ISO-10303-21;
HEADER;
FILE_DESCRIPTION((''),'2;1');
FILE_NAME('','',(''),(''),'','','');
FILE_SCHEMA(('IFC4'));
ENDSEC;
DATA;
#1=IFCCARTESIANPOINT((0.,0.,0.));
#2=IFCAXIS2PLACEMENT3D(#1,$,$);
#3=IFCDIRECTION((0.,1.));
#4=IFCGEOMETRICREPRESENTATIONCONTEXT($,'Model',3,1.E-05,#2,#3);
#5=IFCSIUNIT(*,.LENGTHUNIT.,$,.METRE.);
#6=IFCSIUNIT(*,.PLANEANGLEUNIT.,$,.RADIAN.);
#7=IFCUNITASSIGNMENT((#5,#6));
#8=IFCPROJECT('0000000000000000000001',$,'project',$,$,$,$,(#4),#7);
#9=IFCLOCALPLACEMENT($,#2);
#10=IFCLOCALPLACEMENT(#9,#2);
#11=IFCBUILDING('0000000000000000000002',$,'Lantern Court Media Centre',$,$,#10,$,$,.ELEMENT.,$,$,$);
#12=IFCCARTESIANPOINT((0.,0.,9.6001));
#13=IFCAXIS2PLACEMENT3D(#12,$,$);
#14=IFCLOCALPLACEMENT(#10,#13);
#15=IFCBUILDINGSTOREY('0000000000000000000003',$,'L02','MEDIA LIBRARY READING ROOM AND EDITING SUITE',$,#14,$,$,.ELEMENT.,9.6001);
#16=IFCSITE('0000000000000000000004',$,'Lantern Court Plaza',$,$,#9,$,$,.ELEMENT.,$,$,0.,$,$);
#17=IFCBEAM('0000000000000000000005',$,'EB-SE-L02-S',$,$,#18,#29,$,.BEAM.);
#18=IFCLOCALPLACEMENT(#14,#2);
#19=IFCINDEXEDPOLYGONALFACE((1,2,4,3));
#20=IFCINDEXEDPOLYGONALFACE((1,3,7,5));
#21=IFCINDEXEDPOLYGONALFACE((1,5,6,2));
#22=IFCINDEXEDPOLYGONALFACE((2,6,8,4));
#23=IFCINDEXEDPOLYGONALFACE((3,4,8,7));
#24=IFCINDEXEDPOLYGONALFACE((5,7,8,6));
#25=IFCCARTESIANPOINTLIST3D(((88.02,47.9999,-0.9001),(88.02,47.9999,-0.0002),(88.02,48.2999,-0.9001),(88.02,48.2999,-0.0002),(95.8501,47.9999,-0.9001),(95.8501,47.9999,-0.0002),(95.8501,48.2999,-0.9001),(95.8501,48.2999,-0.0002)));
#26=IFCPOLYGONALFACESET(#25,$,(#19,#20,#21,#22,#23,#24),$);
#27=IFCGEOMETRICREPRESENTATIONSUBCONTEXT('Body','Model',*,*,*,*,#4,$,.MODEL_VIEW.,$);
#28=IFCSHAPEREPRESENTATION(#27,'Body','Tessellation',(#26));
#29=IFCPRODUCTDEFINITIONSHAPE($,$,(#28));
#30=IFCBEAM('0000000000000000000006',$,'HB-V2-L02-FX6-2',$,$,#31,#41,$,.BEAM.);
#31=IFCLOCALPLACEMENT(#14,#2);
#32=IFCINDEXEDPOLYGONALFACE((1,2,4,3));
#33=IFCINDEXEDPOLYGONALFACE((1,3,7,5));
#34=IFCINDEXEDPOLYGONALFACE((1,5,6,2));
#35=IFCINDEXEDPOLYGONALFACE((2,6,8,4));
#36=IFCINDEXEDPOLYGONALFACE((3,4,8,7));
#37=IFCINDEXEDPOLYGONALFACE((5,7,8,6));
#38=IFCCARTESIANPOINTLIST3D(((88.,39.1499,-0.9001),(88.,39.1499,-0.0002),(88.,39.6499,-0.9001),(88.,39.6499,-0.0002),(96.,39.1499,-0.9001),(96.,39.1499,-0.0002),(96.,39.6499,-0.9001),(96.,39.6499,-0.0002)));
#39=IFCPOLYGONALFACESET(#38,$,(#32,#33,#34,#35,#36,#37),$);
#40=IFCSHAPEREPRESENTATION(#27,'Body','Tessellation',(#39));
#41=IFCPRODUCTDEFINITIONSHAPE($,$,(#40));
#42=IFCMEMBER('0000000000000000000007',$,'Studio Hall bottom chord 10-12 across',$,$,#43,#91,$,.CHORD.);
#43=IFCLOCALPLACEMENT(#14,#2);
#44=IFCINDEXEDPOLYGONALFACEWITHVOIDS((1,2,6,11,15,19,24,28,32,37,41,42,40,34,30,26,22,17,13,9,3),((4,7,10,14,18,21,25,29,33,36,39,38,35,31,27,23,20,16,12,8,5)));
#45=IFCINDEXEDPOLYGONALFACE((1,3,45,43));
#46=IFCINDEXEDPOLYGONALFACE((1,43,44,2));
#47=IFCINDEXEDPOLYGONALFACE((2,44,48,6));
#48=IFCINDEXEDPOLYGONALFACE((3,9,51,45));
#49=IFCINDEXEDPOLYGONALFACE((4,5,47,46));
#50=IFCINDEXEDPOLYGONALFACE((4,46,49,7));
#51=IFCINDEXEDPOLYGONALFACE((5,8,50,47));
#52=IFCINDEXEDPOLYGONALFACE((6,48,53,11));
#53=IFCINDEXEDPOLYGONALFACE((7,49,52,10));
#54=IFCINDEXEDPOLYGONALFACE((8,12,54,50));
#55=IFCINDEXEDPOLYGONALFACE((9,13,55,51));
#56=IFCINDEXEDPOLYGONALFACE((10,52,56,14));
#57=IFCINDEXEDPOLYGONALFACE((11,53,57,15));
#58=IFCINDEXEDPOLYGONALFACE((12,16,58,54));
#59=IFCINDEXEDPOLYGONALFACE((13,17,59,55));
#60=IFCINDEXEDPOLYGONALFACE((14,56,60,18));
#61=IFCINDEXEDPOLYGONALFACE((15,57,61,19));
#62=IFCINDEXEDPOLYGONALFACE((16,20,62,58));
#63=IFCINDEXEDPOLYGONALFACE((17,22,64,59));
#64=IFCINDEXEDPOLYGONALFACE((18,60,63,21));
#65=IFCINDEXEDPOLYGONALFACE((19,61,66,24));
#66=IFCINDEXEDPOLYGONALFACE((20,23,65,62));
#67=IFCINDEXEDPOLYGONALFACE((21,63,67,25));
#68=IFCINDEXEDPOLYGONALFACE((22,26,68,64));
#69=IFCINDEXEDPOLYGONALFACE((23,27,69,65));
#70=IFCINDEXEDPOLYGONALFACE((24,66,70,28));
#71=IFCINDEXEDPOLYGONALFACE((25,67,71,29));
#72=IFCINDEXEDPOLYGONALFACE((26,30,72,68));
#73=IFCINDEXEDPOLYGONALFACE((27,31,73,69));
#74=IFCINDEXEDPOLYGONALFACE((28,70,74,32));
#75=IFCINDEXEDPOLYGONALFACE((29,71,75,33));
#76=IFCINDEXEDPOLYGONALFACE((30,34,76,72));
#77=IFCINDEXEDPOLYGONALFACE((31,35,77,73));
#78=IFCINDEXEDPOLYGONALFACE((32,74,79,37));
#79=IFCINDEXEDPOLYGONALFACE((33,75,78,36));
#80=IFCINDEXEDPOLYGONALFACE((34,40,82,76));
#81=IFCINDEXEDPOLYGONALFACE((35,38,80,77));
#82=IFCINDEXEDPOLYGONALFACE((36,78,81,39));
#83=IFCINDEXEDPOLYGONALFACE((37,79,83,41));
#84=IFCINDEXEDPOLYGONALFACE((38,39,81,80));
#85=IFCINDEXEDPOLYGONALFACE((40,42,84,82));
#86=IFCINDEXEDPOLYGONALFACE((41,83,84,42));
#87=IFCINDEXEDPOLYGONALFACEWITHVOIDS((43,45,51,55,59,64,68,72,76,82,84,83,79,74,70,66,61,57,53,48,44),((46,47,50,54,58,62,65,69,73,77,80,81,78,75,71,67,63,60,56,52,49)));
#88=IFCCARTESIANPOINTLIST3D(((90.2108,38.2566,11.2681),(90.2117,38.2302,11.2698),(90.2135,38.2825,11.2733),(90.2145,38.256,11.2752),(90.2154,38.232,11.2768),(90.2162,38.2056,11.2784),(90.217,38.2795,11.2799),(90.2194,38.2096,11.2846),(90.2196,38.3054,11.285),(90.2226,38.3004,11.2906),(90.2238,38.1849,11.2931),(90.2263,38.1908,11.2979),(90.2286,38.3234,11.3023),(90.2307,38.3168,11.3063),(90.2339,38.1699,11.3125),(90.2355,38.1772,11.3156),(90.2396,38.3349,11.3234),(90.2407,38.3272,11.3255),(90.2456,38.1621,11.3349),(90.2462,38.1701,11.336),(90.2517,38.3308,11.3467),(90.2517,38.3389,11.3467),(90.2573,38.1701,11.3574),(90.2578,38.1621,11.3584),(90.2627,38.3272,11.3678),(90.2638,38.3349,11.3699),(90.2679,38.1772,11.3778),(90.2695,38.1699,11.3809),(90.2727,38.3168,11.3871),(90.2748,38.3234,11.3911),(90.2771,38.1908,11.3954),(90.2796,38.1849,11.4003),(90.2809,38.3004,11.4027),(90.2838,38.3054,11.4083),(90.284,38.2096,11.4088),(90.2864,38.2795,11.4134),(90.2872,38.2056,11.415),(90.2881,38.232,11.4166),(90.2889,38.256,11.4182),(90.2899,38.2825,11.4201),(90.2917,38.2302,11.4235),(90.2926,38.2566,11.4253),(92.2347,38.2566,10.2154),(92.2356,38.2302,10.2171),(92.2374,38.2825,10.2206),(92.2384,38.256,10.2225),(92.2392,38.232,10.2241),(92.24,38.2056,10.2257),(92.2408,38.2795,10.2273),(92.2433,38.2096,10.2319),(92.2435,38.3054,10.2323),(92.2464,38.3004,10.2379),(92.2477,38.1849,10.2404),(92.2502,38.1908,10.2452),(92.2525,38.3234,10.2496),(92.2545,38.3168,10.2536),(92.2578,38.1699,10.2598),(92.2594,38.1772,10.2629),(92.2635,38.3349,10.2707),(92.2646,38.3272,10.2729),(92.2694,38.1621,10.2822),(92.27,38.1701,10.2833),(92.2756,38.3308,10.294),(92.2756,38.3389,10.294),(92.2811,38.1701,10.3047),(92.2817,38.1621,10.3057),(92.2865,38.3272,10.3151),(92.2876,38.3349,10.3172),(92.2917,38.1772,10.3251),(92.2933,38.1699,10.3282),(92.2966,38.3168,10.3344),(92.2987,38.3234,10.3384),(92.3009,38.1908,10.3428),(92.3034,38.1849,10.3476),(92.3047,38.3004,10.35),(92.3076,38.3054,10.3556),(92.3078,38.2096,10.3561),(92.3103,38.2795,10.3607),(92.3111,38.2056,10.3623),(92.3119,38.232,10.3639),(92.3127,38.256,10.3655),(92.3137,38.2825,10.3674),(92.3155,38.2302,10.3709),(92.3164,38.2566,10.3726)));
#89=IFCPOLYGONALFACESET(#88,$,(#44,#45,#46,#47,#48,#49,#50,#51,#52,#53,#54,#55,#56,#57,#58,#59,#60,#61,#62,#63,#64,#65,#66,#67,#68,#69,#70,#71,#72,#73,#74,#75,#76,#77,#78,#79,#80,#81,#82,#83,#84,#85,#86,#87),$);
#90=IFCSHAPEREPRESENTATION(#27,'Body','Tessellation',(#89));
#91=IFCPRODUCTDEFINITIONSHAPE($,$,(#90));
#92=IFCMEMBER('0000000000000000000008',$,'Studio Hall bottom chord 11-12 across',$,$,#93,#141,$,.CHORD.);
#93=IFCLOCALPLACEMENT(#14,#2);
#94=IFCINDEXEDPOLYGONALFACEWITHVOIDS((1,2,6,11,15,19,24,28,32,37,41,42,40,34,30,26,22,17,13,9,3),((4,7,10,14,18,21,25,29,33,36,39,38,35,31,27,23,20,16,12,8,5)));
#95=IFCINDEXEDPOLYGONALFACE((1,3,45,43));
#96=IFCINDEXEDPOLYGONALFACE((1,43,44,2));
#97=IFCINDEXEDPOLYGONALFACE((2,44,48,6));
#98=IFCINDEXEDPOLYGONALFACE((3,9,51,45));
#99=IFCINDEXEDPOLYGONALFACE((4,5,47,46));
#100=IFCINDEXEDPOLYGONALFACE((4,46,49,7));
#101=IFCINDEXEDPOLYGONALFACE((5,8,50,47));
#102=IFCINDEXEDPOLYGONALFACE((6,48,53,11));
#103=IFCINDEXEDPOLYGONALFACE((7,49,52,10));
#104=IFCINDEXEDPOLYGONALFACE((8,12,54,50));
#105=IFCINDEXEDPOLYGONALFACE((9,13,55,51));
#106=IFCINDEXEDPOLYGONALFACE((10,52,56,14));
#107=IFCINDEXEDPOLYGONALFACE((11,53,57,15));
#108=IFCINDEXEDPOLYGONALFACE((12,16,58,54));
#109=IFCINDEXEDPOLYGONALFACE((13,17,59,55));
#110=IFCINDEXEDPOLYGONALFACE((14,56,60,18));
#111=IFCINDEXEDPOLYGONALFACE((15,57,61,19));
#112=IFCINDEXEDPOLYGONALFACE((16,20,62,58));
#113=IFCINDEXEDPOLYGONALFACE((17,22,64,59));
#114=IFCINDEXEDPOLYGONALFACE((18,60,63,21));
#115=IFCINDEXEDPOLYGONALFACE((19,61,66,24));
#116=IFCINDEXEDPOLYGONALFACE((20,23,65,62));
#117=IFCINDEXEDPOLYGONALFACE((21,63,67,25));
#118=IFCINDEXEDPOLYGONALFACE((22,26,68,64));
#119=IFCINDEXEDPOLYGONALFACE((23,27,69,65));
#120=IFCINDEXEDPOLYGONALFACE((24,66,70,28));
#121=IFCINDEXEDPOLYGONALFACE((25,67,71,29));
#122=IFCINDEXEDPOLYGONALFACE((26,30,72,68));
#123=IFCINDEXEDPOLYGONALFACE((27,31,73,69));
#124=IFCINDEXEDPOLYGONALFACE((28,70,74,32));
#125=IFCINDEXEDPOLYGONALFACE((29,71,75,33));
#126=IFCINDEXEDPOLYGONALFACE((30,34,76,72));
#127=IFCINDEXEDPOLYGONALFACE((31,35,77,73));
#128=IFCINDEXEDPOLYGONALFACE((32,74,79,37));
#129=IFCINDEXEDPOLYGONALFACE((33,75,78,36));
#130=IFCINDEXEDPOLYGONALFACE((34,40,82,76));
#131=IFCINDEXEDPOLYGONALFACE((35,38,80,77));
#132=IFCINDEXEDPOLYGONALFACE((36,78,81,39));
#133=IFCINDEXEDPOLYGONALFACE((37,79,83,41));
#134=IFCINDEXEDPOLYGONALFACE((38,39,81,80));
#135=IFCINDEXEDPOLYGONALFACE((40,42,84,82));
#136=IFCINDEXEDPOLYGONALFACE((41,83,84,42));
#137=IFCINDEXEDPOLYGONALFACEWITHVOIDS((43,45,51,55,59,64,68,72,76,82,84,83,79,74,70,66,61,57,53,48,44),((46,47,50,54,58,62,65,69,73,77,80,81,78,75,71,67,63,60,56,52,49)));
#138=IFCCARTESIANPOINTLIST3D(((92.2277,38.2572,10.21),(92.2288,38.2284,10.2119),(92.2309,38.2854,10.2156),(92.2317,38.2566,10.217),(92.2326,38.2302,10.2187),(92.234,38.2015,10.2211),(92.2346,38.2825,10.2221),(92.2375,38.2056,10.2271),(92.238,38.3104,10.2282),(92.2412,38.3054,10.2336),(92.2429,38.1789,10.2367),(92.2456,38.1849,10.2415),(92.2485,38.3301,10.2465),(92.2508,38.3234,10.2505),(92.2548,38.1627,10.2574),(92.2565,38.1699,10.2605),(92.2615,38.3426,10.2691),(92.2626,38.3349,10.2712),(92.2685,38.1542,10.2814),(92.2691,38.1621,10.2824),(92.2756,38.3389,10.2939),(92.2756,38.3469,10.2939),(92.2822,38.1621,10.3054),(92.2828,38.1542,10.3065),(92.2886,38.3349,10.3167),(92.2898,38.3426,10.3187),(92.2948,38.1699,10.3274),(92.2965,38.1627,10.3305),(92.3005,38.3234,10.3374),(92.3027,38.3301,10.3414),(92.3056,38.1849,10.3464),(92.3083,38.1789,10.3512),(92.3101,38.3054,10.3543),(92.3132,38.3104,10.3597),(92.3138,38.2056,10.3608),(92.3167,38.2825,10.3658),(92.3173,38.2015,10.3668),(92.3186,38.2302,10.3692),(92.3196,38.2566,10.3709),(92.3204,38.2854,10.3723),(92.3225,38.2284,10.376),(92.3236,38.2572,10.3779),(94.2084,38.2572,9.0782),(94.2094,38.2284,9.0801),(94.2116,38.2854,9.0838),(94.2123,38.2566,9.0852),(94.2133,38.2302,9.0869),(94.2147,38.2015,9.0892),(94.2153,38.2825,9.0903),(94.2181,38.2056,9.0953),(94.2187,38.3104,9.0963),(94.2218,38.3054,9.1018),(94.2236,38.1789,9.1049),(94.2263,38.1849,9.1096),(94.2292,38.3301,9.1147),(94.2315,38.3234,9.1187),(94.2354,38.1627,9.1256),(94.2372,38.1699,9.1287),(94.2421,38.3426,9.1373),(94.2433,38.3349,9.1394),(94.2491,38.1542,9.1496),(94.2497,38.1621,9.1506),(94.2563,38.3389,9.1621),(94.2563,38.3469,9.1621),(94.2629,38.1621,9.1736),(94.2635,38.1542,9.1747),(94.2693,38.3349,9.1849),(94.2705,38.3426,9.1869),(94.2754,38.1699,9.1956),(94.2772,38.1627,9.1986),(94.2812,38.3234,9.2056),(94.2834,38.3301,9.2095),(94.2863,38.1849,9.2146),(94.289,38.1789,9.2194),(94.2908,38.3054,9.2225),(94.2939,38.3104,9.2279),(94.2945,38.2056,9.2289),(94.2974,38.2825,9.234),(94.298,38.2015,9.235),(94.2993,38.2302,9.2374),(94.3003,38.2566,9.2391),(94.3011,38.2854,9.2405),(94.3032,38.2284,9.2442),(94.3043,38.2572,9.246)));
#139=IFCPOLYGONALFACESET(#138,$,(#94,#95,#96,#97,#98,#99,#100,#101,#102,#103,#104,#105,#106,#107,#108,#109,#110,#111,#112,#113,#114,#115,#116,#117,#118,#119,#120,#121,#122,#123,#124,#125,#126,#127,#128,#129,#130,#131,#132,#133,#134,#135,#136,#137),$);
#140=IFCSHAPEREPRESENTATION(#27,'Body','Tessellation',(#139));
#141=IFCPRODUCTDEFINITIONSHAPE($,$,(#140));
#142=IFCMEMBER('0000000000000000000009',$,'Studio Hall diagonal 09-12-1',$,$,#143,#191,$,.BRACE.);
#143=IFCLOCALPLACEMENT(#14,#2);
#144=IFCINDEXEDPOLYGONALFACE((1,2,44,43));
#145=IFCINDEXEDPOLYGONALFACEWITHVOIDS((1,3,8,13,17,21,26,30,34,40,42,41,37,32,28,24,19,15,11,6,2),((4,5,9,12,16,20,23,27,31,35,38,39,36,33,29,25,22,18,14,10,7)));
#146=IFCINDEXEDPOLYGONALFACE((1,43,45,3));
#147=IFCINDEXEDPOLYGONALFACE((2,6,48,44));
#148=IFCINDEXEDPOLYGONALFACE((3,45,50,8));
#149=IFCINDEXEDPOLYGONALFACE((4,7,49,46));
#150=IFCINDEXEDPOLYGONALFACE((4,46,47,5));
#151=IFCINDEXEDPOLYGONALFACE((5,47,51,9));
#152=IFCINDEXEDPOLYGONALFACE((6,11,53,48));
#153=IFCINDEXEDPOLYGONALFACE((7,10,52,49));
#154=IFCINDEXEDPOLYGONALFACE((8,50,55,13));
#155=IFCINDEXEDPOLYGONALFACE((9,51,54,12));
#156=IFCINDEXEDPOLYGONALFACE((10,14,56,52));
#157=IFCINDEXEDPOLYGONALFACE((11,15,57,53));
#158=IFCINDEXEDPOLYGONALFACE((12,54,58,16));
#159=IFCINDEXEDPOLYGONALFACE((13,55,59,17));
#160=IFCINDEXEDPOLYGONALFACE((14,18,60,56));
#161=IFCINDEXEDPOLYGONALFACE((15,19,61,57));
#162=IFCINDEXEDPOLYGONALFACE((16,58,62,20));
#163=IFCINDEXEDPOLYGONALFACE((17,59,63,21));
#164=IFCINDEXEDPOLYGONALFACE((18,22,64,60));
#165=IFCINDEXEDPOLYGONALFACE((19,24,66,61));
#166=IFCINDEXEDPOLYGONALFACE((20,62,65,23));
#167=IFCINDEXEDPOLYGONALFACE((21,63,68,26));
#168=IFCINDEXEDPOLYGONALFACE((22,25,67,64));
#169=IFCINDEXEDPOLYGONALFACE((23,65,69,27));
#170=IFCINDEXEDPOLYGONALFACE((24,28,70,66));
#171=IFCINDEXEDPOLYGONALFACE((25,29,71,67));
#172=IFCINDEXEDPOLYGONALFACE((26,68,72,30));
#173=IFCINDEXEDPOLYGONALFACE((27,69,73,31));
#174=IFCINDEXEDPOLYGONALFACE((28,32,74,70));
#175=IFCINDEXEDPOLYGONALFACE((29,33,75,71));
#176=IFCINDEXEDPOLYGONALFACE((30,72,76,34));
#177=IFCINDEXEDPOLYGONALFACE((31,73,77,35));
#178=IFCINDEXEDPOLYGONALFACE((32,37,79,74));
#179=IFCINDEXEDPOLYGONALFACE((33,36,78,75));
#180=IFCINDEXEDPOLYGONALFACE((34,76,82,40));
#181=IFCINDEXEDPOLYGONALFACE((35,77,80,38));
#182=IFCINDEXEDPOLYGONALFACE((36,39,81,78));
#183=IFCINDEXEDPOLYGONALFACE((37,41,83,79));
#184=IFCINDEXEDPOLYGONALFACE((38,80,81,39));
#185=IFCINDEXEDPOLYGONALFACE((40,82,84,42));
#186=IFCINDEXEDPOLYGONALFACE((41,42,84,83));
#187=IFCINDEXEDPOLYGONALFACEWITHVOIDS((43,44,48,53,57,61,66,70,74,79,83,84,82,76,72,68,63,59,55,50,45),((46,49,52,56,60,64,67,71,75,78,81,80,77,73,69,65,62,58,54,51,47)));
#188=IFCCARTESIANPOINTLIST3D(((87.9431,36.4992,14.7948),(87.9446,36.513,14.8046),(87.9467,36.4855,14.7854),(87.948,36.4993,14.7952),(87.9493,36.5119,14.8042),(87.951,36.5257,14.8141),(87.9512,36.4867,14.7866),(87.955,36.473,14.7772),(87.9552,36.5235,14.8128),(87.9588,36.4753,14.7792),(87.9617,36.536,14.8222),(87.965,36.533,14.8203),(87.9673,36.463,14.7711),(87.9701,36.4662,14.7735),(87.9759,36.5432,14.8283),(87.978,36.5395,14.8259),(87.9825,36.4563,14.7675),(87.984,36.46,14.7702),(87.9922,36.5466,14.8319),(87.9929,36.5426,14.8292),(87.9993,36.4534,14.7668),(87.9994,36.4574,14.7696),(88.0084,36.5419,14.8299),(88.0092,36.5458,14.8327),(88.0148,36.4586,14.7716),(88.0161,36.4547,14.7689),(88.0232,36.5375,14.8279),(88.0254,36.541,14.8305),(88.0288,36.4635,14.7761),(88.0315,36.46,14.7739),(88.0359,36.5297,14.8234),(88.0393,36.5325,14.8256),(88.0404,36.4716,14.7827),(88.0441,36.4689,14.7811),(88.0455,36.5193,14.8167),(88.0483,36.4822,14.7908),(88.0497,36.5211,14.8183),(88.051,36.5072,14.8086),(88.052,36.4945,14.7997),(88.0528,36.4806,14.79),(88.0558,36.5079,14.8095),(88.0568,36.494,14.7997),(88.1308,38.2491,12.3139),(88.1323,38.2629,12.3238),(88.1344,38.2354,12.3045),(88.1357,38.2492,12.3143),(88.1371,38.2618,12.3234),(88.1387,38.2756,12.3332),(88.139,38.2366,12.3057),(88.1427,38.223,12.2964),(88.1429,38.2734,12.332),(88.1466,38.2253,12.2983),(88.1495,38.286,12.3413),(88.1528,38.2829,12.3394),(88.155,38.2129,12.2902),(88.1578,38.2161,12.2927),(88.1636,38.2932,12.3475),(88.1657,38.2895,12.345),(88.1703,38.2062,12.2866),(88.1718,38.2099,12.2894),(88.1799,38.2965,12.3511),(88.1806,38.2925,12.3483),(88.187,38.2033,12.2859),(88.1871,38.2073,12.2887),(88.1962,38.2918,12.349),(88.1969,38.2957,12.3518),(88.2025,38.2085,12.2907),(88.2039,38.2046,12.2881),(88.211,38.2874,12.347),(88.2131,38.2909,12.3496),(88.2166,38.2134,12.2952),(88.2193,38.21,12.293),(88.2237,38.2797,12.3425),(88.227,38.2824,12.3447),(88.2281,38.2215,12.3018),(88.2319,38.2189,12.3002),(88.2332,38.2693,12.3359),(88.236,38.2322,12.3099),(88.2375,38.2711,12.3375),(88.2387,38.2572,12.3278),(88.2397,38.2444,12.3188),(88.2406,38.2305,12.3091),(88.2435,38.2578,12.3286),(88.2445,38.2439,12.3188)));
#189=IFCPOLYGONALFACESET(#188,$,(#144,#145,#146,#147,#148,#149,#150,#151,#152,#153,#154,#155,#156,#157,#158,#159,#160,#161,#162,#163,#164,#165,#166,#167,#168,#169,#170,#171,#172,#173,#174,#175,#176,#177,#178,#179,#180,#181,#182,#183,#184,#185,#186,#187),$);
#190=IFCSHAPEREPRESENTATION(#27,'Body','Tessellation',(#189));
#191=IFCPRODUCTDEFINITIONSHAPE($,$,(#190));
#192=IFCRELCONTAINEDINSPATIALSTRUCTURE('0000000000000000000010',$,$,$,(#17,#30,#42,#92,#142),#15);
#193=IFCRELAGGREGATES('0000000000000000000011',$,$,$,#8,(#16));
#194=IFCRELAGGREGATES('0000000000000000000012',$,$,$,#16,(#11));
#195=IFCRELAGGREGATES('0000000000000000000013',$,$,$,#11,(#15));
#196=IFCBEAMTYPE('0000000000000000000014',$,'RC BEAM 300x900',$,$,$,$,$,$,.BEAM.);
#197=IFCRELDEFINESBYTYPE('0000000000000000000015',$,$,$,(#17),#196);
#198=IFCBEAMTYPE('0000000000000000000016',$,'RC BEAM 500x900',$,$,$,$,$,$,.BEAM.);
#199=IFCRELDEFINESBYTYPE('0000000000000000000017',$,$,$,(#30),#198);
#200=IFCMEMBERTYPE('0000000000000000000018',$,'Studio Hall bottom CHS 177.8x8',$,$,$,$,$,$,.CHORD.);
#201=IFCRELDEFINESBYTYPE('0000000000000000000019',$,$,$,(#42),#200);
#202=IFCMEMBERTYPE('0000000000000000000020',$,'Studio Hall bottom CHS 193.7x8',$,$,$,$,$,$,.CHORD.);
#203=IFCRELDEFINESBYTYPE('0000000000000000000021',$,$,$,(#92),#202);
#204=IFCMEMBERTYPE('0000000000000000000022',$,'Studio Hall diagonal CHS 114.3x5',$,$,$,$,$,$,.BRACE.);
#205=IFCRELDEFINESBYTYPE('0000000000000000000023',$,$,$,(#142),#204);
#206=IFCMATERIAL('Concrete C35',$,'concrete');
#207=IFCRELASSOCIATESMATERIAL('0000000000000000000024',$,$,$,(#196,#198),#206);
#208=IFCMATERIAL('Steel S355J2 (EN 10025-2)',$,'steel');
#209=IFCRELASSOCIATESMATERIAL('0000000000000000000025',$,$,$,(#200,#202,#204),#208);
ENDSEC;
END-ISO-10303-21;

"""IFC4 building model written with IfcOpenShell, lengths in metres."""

from ifc_helpers import new_model, si_unit, direction, frame, origin, origin_2d, place, context, subcontext, project, spatial, rectangle, hollow_circle, extrude, material, material_profile, profile_set, type_object, element, save


model = new_model("IFC4")

# Units and contexts
model_context = context("Model", 3, precision=1e-05, world=origin(), true_north=direction((0.0, 1.0)))
body_context = subcontext(model_context, "Body", "Model", "MODEL_VIEW")
ifc_project = project(units=[si_unit("LENGTHUNIT", "METRE"), si_unit("PLANEANGLEUNIT", "RADIAN")], contexts=[model_context])

# Site, building, storey
site_placement = place(None, origin())
site = spatial("IfcSite", under=ifc_project, at=site_placement, Name="Lantern Court Plaza", CompositionType="ELEMENT", RefElevation=0.0)
building_placement = place(site_placement, origin())
building = spatial("IfcBuilding", under=site, at=building_placement, Name="Lantern Court Media Centre", CompositionType="ELEMENT")
storey_placement = place(building_placement, frame((0.0, 0.0, 9.6001)))
storey = spatial("IfcBuildingStorey", under=building, at=storey_placement, Name="L02", Description="MEDIA LIBRARY READING ROOM AND EDITING SUITE", CompositionType="ELEMENT", Elevation=9.6001)

# Beams
ifc_material_1 = material(Name="Concrete C35", Category="concrete")
ifc_material_profile_1 = material_profile(ifc_material_1, rectangle(XDim=0.3, YDim=0.8999, at=origin_2d()), Name="RC 300x900")
ifc_profile_set_1 = profile_set([ifc_material_profile_1], Name="Concrete C35")
beam_type_1 = type_object("IfcBeamType", Name="RC BEAM 300x900", PredefinedType="BEAM", material=ifc_profile_set_1)
beam_1_placement = place(storey_placement, frame((88.02, 48.1499, -0.4502), z_axis=(1.0, 0.0, 0.0), x_axis=(0.0, 1.0, 0.0)))
element("IfcBeam", 1, at=beam_1_placement, inside=storey, type_object=beam_type_1, Name="EB-SE-L02-S", PredefinedType="BEAM", context=body_context, shape_type="SweptSolid", body=[
    extrude(rectangle(XDim=0.3, YDim=0.8999, at=origin_2d()), origin(), (0.0, 0.0, 1.0), 7.8301),
])
ifc_material_profile_2 = material_profile(ifc_material_1, rectangle(XDim=0.5, YDim=0.8999, at=origin_2d()), Name="RC 500x900")
ifc_profile_set_2 = profile_set([ifc_material_profile_2], Name="Concrete C35")
beam_type_2 = type_object("IfcBeamType", Name="RC BEAM 500x900", PredefinedType="BEAM", material=ifc_profile_set_2)
beam_2_placement = place(storey_placement, frame((88.0, 39.3999, -0.4502), z_axis=(1.0, 0.0, 0.0), x_axis=(0.0, 1.0, 0.0)))
element("IfcBeam", 2, at=beam_2_placement, inside=storey, type_object=beam_type_2, Name="HB-V2-L02-FX6-2", PredefinedType="BEAM", context=body_context, shape_type="SweptSolid", body=[
    extrude(rectangle(XDim=0.5, YDim=0.8999, at=origin_2d()), origin(), (0.0, 0.0, 1.0), 8.0),
])

# Members
ifc_material_2 = material(Name="Steel S355J2 (EN 10025-2)", Category="steel")
ifc_material_profile_3 = material_profile(ifc_material_2, hollow_circle(Radius=0.0889, WallThickness=0.0081, at=origin_2d()), Name="Studio Hall bottom CHS 177.8x8")
ifc_profile_set_3 = profile_set([ifc_material_profile_3], Name="Steel S355J2 (EN 10025-2)")
member_type_1 = type_object("IfcMemberType", Name="Studio Hall bottom CHS 177.8x8", PredefinedType="CHORD", material=ifc_profile_set_3)
member_1_placement = place(storey_placement, frame((90.2517, 38.25, 11.3467), z_axis=(0.887164, 0.0, -0.461454), x_axis=(0.0, 1.0, 0.0)))
element("IfcMember", 3, at=member_1_placement, inside=storey, type_object=member_type_1, Name="Studio Hall bottom chord 10-12 across", PredefinedType="CHORD", context=body_context, shape_type="SweptSolid", body=[
    extrude(hollow_circle(Radius=0.0889, WallThickness=0.0081, at=origin_2d()), origin(), (0.0, 0.0, 1.0), 2.2812),
])
ifc_material_profile_4 = material_profile(ifc_material_2, hollow_circle(Radius=0.0969, WallThickness=0.0081, at=origin_2d()), Name="Studio Hall bottom CHS 193.7x8")
ifc_profile_set_4 = profile_set([ifc_material_profile_4], Name="Steel S355J2 (EN 10025-2)")
member_type_2 = type_object("IfcMemberType", Name="Studio Hall bottom CHS 193.7x8", PredefinedType="CHORD", material=ifc_profile_set_4)
member_2_placement = place(storey_placement, frame((92.2756, 38.25, 10.2939), z_axis=(0.868243, 0.0, -0.496139), x_axis=(0.0, 1.0, 0.0)))
element("IfcMember", 4, at=member_2_placement, inside=storey, type_object=member_type_2, Name="Studio Hall bottom chord 11-12 across", PredefinedType="CHORD", context=body_context, shape_type="SweptSolid", body=[
    extrude(hollow_circle(Radius=0.0969, WallThickness=0.0081, at=origin_2d()), origin(), (0.0, 0.0, 1.0), 2.2812),
])
ifc_material_profile_5 = material_profile(ifc_material_2, hollow_circle(Radius=0.0571, WallThickness=0.0049, at=origin_2d()), Name="Studio Hall diagonal CHS 114.3x5")
ifc_profile_set_5 = profile_set([ifc_material_profile_5], Name="Steel S355J2 (EN 10025-2)")
member_type_3 = type_object("IfcMemberType", Name="Studio Hall diagonal CHS 114.3x5", PredefinedType="BRACE", material=ifc_profile_set_5)
member_3_placement = place(storey_placement, frame((88.1877, 38.25, 12.3188), z_axis=(-0.06172, -0.575306, 0.815606), x_axis=(0.994294, -0.10667, 0.0)))
element("IfcMember", 5, at=member_3_placement, inside=storey, type_object=member_type_3, Name="Studio Hall diagonal 09-12-1", PredefinedType="BRACE", context=body_context, shape_type="SweptSolid", body=[
    extrude(hollow_circle(Radius=0.0571, WallThickness=0.0049, at=origin_2d()), origin(), (0.0, 0.0, 1.0), 3.0417),
])

save(model, "model.ifc")
